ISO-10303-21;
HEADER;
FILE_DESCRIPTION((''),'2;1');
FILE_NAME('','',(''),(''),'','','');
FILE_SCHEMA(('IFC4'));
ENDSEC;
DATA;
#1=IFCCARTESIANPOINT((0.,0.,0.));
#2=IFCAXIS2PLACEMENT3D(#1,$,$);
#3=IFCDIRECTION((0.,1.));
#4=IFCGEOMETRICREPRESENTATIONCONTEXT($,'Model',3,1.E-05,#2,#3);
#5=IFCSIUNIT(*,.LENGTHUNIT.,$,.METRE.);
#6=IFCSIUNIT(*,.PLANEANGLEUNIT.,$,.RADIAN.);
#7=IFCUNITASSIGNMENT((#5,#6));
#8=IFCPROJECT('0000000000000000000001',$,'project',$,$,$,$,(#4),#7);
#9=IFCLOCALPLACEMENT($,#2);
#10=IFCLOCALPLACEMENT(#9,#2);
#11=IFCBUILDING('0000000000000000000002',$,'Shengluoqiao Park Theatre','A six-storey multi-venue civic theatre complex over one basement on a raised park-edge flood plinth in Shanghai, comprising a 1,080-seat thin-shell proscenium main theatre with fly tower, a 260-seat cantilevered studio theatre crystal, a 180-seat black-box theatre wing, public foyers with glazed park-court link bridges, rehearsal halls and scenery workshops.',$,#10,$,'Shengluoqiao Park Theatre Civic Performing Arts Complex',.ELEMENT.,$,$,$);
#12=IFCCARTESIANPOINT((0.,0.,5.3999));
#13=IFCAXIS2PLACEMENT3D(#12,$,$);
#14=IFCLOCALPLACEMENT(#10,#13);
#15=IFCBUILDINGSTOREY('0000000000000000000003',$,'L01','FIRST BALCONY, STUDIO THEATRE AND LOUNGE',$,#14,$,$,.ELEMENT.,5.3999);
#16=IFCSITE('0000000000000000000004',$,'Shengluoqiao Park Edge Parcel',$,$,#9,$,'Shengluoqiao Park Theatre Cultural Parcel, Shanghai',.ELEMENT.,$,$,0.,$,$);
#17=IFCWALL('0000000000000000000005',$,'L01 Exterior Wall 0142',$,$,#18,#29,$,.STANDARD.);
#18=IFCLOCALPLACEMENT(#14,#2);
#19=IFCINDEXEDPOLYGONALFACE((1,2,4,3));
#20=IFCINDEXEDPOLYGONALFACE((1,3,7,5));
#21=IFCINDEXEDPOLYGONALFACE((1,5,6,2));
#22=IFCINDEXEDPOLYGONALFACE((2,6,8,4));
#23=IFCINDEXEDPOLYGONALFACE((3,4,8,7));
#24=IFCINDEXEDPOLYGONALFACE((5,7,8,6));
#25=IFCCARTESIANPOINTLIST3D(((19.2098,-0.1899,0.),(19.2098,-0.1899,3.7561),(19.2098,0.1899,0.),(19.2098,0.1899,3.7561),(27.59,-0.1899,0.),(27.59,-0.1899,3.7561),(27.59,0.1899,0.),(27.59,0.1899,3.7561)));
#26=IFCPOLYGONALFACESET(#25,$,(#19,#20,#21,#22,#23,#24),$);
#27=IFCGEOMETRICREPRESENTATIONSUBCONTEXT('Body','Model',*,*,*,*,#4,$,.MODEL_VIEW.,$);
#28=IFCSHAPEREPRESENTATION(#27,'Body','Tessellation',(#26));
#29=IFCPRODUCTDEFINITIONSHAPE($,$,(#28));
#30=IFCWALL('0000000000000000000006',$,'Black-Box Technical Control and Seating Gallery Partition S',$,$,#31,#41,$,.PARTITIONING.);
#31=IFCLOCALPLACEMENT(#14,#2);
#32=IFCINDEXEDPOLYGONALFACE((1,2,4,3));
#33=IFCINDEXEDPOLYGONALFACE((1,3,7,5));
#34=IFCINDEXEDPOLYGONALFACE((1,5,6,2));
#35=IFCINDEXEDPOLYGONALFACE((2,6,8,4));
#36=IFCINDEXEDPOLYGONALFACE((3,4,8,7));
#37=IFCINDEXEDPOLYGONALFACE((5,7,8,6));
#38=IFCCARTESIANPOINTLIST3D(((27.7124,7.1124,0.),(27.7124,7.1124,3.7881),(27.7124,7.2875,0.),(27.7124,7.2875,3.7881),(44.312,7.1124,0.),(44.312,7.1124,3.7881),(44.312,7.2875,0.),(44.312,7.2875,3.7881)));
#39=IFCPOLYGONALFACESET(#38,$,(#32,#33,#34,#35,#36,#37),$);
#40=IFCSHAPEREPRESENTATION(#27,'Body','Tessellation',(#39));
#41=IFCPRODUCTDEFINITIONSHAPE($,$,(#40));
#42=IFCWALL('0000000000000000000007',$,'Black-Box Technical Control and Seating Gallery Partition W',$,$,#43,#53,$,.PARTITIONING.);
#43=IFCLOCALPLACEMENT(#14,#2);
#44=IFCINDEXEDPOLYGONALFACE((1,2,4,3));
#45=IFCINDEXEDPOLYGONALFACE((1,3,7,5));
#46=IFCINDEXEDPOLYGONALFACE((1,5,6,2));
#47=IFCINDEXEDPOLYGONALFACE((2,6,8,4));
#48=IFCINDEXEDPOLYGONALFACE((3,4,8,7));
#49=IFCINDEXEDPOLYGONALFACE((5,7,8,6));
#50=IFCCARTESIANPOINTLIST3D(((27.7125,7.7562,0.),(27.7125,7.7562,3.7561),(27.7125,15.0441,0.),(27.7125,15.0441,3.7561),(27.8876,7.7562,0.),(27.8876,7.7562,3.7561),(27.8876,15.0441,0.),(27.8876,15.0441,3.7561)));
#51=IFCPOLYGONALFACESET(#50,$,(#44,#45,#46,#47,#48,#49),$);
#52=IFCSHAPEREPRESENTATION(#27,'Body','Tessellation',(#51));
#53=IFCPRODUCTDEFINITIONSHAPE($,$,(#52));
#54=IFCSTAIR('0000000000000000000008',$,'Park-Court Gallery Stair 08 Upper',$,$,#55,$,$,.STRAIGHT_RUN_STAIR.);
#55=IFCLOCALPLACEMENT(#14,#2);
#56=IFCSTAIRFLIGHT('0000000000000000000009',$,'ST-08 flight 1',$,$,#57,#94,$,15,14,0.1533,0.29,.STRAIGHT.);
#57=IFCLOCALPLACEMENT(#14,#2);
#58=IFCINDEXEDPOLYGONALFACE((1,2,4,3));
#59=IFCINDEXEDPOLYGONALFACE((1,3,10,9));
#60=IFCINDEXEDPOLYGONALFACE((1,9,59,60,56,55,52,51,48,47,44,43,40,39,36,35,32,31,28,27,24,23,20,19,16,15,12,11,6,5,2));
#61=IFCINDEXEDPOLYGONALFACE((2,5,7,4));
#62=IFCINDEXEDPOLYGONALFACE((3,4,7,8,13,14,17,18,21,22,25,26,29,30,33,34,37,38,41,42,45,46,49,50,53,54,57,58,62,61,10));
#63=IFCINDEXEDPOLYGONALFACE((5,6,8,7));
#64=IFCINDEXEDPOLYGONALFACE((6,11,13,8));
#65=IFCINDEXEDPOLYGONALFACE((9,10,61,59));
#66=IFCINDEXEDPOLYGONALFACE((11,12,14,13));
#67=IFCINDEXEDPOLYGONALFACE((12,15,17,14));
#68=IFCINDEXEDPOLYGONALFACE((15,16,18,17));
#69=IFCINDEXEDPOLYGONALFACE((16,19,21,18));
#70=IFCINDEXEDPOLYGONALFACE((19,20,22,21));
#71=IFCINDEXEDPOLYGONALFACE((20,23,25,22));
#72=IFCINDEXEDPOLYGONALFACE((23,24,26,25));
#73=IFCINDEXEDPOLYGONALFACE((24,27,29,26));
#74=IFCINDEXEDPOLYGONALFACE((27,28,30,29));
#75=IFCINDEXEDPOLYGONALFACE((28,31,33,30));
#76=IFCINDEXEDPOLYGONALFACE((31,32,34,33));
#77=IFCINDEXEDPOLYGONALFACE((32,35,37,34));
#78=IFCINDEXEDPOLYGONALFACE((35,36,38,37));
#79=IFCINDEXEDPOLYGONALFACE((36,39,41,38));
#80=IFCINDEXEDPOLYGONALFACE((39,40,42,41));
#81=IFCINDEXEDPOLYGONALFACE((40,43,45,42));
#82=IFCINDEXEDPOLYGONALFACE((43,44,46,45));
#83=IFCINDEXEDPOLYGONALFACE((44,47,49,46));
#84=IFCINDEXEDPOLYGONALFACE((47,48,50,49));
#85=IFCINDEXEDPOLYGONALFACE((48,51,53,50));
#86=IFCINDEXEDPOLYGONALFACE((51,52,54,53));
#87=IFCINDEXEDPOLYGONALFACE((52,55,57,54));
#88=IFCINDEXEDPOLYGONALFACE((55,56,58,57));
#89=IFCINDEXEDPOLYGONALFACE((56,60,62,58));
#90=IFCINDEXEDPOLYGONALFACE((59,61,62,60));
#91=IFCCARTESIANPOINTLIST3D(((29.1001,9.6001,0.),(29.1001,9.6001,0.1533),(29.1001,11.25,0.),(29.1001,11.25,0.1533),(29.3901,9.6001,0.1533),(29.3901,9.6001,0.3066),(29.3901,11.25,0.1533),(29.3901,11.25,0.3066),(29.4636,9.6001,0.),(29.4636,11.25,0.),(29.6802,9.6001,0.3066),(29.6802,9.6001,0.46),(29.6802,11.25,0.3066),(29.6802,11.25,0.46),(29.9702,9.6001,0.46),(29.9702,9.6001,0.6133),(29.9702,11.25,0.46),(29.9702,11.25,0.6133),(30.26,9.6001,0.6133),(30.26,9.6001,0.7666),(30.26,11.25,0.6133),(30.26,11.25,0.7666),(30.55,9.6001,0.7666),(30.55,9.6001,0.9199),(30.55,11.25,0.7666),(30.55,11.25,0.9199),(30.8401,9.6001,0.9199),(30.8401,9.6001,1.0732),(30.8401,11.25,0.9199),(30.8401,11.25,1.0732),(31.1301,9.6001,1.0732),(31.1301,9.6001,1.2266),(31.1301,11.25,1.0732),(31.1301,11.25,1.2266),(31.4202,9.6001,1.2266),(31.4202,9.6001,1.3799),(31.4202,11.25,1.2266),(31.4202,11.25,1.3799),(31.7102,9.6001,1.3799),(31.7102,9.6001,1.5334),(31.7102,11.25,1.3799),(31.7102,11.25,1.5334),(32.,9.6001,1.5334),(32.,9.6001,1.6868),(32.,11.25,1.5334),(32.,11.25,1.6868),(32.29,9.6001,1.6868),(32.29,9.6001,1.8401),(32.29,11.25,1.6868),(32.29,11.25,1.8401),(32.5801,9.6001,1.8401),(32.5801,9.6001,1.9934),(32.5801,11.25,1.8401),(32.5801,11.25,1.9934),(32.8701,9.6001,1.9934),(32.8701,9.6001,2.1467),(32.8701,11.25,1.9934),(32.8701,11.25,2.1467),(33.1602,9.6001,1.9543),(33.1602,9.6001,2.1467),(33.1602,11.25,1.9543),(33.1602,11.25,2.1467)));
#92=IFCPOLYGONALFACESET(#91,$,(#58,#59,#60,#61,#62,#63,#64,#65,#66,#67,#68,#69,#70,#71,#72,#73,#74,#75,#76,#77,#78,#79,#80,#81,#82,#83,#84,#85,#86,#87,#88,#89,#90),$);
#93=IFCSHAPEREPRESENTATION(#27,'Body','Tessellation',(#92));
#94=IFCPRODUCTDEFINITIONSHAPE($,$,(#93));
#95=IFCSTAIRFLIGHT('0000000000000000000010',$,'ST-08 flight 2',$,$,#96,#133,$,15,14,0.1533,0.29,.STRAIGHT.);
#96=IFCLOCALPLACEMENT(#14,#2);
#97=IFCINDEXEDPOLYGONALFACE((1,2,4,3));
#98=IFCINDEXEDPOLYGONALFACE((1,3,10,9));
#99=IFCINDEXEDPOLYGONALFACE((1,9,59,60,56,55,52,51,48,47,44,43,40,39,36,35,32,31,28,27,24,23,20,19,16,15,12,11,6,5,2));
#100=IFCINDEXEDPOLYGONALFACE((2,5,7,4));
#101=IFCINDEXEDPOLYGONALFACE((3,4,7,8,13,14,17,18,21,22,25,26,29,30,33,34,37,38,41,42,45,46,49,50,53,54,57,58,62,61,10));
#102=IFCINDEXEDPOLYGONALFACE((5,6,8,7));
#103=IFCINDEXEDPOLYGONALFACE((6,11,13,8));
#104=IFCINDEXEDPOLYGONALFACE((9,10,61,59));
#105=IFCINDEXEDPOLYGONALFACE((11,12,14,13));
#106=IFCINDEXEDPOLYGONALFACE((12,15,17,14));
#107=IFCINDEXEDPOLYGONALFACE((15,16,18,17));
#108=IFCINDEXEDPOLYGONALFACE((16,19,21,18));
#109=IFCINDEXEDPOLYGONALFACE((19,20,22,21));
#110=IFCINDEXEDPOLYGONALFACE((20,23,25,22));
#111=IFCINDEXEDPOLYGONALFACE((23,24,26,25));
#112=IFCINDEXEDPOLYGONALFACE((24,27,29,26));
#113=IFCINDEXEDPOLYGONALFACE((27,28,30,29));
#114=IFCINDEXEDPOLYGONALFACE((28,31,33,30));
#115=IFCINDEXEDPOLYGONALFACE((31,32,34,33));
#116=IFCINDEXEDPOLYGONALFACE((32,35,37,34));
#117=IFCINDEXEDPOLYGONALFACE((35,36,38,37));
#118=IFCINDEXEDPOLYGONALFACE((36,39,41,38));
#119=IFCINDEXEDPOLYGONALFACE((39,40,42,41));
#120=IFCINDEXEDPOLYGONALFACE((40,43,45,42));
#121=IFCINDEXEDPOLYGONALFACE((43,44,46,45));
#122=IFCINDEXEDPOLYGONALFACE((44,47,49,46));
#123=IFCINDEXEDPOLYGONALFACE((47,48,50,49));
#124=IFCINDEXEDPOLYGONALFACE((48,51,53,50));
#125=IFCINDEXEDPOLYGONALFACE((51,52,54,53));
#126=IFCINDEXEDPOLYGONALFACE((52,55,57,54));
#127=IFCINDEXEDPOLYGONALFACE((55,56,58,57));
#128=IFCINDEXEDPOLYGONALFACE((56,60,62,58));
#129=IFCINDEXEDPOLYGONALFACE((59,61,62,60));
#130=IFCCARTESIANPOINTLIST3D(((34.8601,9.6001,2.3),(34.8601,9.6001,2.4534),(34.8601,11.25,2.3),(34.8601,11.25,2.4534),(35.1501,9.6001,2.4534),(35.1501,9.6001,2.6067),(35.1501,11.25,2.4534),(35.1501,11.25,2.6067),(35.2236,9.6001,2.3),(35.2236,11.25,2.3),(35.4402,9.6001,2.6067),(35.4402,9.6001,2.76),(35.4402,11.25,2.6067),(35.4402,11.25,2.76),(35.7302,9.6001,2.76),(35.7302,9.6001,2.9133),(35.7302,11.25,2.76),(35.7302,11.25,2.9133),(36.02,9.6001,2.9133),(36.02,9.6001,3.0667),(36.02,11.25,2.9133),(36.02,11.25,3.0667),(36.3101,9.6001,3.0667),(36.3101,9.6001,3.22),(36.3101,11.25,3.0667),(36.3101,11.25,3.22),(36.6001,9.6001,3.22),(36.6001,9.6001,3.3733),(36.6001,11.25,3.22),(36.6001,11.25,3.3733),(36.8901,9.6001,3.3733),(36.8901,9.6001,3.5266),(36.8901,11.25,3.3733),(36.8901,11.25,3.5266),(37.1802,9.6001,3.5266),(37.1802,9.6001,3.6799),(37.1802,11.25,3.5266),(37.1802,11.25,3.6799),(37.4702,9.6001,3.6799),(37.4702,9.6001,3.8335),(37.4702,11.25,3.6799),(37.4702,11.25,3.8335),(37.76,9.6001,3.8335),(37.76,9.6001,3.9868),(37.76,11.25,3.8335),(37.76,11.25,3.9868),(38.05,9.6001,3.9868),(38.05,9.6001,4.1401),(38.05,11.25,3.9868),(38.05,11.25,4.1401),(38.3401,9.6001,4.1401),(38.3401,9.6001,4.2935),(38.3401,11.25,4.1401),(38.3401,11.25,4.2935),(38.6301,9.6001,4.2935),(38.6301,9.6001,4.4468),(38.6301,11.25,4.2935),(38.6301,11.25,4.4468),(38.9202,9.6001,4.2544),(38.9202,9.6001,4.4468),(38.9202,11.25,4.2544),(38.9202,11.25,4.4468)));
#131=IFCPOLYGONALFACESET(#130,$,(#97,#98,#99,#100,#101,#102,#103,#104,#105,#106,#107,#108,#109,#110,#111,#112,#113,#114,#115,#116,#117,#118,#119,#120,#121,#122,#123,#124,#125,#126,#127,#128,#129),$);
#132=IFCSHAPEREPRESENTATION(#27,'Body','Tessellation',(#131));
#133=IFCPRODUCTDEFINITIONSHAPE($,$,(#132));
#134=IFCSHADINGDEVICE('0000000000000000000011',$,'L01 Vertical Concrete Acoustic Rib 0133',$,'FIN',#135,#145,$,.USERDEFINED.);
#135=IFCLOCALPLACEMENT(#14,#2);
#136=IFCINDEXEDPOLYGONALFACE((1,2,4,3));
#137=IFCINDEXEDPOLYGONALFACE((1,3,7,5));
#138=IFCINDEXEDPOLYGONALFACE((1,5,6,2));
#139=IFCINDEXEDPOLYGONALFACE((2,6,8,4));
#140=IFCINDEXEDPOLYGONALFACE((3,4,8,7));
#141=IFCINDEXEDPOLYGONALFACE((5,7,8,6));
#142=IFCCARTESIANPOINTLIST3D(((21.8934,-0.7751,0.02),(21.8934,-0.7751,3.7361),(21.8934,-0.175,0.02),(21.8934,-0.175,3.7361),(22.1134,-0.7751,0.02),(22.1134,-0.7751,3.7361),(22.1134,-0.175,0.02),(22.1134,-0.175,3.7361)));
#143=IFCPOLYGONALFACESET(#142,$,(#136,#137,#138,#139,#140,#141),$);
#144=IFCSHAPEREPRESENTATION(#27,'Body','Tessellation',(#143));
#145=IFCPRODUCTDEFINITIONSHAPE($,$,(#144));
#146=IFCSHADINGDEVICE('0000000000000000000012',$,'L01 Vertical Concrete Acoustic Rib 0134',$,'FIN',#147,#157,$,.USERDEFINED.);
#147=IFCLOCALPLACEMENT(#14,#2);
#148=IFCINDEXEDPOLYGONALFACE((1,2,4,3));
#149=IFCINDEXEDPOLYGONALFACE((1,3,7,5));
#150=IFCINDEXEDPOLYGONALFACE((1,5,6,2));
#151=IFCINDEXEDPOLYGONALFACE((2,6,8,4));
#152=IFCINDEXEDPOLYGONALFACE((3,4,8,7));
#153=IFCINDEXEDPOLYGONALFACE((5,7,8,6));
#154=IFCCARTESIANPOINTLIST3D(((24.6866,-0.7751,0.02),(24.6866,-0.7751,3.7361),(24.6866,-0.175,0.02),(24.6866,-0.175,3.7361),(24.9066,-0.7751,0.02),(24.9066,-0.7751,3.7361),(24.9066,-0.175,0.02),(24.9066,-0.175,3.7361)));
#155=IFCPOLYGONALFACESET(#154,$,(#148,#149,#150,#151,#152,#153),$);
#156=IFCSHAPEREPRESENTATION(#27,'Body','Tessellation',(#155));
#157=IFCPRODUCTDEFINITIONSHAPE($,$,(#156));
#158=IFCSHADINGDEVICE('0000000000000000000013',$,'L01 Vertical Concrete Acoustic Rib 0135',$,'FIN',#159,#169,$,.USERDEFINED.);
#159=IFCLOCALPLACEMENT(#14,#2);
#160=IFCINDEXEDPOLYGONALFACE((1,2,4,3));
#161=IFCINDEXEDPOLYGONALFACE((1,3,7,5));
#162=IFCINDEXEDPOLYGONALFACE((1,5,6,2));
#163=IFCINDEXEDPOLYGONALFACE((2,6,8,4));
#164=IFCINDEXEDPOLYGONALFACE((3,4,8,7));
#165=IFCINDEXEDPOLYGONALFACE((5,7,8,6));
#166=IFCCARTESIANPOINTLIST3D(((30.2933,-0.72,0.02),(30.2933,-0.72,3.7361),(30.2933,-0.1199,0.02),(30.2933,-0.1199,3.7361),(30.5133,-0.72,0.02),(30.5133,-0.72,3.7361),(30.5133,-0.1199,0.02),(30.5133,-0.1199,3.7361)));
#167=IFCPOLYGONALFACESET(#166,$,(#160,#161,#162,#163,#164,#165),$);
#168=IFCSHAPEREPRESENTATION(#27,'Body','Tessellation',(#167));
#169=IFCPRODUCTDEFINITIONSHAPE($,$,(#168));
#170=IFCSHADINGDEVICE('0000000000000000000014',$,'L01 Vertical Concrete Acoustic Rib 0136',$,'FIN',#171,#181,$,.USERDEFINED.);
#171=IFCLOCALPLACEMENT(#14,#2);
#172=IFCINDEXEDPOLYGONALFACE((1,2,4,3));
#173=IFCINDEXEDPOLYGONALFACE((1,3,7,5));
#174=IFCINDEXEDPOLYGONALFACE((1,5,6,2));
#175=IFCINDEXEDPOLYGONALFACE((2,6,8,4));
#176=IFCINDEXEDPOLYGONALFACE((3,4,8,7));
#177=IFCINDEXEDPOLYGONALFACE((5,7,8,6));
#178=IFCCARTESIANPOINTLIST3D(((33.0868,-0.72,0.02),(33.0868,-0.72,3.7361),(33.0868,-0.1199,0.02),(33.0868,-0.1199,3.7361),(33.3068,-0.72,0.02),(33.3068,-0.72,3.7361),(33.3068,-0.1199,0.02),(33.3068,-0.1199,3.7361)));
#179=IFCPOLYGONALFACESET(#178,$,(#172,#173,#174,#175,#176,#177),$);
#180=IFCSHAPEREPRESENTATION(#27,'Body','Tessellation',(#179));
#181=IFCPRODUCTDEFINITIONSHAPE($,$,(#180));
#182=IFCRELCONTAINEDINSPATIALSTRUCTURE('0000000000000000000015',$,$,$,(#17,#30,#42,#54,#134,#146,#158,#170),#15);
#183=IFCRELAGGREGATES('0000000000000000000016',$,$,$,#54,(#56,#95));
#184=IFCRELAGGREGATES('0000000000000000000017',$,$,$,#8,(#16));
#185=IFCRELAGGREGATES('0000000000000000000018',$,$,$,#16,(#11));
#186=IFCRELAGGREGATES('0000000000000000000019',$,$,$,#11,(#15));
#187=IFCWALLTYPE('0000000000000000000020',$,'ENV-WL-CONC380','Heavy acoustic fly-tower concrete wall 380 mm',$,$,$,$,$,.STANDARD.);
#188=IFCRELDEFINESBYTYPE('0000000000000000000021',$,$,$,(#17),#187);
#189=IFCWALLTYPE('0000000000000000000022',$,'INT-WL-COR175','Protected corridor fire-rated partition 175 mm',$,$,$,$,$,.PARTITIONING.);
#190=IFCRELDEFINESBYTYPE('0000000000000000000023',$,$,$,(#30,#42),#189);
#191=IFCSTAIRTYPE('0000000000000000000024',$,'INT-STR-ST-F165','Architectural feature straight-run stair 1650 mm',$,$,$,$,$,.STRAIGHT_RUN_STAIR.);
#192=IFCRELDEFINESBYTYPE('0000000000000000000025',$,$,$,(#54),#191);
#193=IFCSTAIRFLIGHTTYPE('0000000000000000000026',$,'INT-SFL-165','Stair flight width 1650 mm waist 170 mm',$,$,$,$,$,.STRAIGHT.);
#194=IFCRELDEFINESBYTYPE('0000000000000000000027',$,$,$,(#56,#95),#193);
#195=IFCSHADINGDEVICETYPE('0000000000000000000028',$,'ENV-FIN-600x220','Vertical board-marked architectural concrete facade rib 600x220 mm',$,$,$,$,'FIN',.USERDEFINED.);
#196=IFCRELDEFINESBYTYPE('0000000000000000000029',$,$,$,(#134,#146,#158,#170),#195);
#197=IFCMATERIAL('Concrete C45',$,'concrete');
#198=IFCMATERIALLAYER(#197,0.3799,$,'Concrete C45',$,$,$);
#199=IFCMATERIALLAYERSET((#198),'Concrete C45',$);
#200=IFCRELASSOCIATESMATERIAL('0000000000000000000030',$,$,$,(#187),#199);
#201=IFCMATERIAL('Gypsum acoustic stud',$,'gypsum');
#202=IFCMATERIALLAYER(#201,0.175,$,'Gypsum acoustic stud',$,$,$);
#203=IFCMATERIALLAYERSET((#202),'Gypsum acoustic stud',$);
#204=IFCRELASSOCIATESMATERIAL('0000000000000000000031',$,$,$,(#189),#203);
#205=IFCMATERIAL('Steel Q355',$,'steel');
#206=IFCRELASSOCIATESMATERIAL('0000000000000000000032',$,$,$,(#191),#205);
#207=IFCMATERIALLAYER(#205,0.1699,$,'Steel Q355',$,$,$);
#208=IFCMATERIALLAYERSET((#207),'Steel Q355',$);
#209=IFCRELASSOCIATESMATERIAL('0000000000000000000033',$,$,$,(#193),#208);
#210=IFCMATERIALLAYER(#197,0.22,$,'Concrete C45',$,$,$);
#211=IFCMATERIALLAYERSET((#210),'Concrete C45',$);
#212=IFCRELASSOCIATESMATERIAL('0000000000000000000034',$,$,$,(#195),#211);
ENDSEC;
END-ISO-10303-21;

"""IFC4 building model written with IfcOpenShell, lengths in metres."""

from ifc_helpers import new_model, si_unit, direction, frame, frame_2d, origin, origin_2d, place, context, subcontext, project, spatial, polyline, rectangle, outline, extrude, material, layer, layer_set, type_object, element, aggregate, save


model = new_model("IFC4")

# Units and contexts
model_context = context("Model", 3, precision=1e-05, world=origin(), true_north=direction((0.0, 1.0)))
body_context = subcontext(model_context, "Body", "Model", "MODEL_VIEW")
ifc_project = project(units=[si_unit("LENGTHUNIT", "METRE"), si_unit("PLANEANGLEUNIT", "RADIAN")], contexts=[model_context])

# Site, building, storey
site_placement = place(None, origin())
site = spatial("IfcSite", under=ifc_project, at=site_placement, Name="Shengluoqiao Park Edge Parcel", LongName="Shengluoqiao Park Theatre Cultural Parcel, Shanghai", CompositionType="ELEMENT", RefElevation=0.0)
building_placement = place(site_placement, origin())
building = spatial("IfcBuilding", under=site, at=building_placement, Name="Shengluoqiao Park Theatre", Description="A six-storey multi-venue civic theatre complex over one basement on a raised park-edge flood plinth in Shanghai, comprising a 1,080-seat thin-shell proscenium main theatre with fly tower, a 260-seat cantilevered studio theatre crystal, a 180-seat black-box theatre wing, public foyers with glazed park-court link bridges, rehearsal halls and scenery workshops.", LongName="Shengluoqiao Park Theatre Civic Performing Arts Complex", CompositionType="ELEMENT")
storey_placement = place(building_placement, frame((0.0, 0.0, 5.3999)))
storey = spatial("IfcBuildingStorey", under=building, at=storey_placement, Name="L01", Description="FIRST BALCONY, STUDIO THEATRE AND LOUNGE", CompositionType="ELEMENT", Elevation=5.3999)

# Shared definitions
ifc_material_1 = material(Name="Steel Q355", Category="steel")

# Walls
ifc_material_2 = material(Name="Concrete C45", Category="concrete")
ifc_layer_1 = layer(ifc_material_2, 0.3799, Name="Concrete C45")
ifc_layer_set_1 = layer_set([ifc_layer_1], Name="Concrete C45")
wall_type_1 = type_object("IfcWallType", Name="ENV-WL-CONC380", Description="Heavy acoustic fly-tower concrete wall 380 mm", PredefinedType="STANDARD", material=ifc_layer_set_1)
wall_1_placement = place(storey_placement, frame((19.21, 0.0, 0.0), z_axis=(0.0, 0.0, 1.0), x_axis=(1.0, 0.0, 0.0)))
element("IfcWall", 1, at=wall_1_placement, inside=storey, type_object=wall_type_1, Name="L01 Exterior Wall 0142", PredefinedType="STANDARD", context=body_context, shape_type="SweptSolid", body=[
    extrude(rectangle(XDim=8.3801, YDim=0.3799, at=frame_2d((4.1899, 0.0))), origin(), (0.0, 0.0, 1.0), 3.7561),
])
ifc_material_3 = material(Name="Gypsum acoustic stud", Category="gypsum")
ifc_layer_2 = layer(ifc_material_3, 0.175, Name="Gypsum acoustic stud")
ifc_layer_set_2 = layer_set([ifc_layer_2], Name="Gypsum acoustic stud")
wall_type_2 = type_object("IfcWallType", Name="INT-WL-COR175", Description="Protected corridor fire-rated partition 175 mm", PredefinedType="PARTITIONING", material=ifc_layer_set_2)
wall_2_placement = place(storey_placement, frame((27.7124, 7.2, 0.0), z_axis=(0.0, 0.0, 1.0), x_axis=(1.0, 0.0, 0.0)))
element("IfcWall", 2, at=wall_2_placement, inside=storey, type_object=wall_type_2, Name="Black-Box Technical Control and Seating Gallery Partition S", PredefinedType="PARTITIONING", context=body_context, shape_type="SweptSolid", body=[
    extrude(rectangle(XDim=16.5996, YDim=0.175, at=frame_2d((8.2998, 0.0))), origin(), (0.0, 0.0, 1.0), 3.7881),
])
wall_3_placement = place(storey_placement, frame((27.8, 7.7561, 0.0), z_axis=(0.0, 0.0, 1.0), x_axis=(0.0, 1.0, 0.0)))
element("IfcWall", 3, at=wall_3_placement, inside=storey, type_object=wall_type_2, Name="Black-Box Technical Control and Seating Gallery Partition W", PredefinedType="PARTITIONING", context=body_context, shape_type="SweptSolid", body=[
    extrude(rectangle(XDim=7.2878, YDim=0.175, at=frame_2d((3.644, 0.0))), origin(), (0.0, 0.0, 1.0), 3.7561),
])

# Stair, stair flights
stair_type = type_object("IfcStairType", Name="INT-STR-ST-F165", Description="Architectural feature straight-run stair 1650 mm", PredefinedType="STRAIGHT_RUN_STAIR", material=ifc_material_1)
stair_placement = place(storey_placement, origin())
stair = element("IfcStair", 4, at=stair_placement, inside=storey, type_object=stair_type, Name="Park-Court Gallery Stair 08 Upper", PredefinedType="STRAIGHT_RUN_STAIR")
ifc_layer_3 = layer(ifc_material_1, 0.1699, Name="Steel Q355")
ifc_layer_set_3 = layer_set([ifc_layer_3], Name="Steel Q355")
stair_flight_type = type_object("IfcStairFlightType", Name="INT-SFL-165", Description="Stair flight width 1650 mm waist 170 mm", PredefinedType="STRAIGHT", material=ifc_layer_set_3)
stair_flight_1_placement = place(storey_placement, frame((29.1001, 10.425, 0.0), z_axis=(0.0, 0.0, 1.0), x_axis=(1.0, 0.0, 0.0)))
stair_flight_1 = element("IfcStairFlight", 5, at=stair_flight_1_placement, type_object=stair_flight_type, Name="ST-08 flight 1", NumberOfRisers=15, NumberOfTreads=14, PredefinedType="STRAIGHT", RiserHeight=0.1533, TreadLength=0.29, context=body_context, shape_type="SweptSolid", body=[
    extrude(outline(polyline([(0.0, 0.0), (0.0, 0.1533), (0.29, 0.1533), (0.29, 0.3066), (0.5801, 0.3066), (0.5801, 0.46), (0.8701, 0.46), (0.8701, 0.6133), (1.1599, 0.6133), (1.1599, 0.7666), (1.45, 0.7666), (1.45, 0.9199), (1.74, 0.9199), (1.74, 1.0732), (2.03, 1.0732), (2.03, 1.2266), (2.3201, 1.2266), (2.3201, 1.3799), (2.6101, 1.3799), (2.6101, 1.5334), (2.8999, 1.5334), (2.8999, 1.6868), (3.1899, 1.6868), (3.1899, 1.8401), (3.48, 1.8401), (3.48, 1.9934), (3.77, 1.9934), (3.77, 2.1467), (4.0601, 2.1467), (4.0601, 2.3), (4.0601, 1.9543), (0.3635, 0.0), (0.0, 0.0)])), frame((0.0, 0.825, 0.0), z_axis=(0.0, -1.0, 0.0), x_axis=(1.0, 0.0, 0.0)), (0.0, 0.0, 1.0), 1.6499),
])
stair_flight_2_placement = place(storey_placement, frame((34.8601, 10.425, 2.3), z_axis=(0.0, 0.0, 1.0), x_axis=(1.0, 0.0, 0.0)))
stair_flight_2 = element("IfcStairFlight", 6, at=stair_flight_2_placement, type_object=stair_flight_type, Name="ST-08 flight 2", NumberOfRisers=15, NumberOfTreads=14, PredefinedType="STRAIGHT", RiserHeight=0.1533, TreadLength=0.29, context=body_context, shape_type="SweptSolid", body=[
    extrude(outline(polyline([(0.0, 0.0), (0.0, 0.1533), (0.29, 0.1533), (0.29, 0.3066), (0.5801, 0.3066), (0.5801, 0.46), (0.8701, 0.46), (0.8701, 0.6133), (1.1599, 0.6133), (1.1599, 0.7666), (1.45, 0.7666), (1.45, 0.9199), (1.74, 0.9199), (1.74, 1.0732), (2.03, 1.0732), (2.03, 1.2266), (2.3201, 1.2266), (2.3201, 1.3799), (2.6101, 1.3799), (2.6101, 1.5334), (2.8999, 1.5334), (2.8999, 1.6868), (3.1899, 1.6868), (3.1899, 1.8401), (3.48, 1.8401), (3.48, 1.9934), (3.77, 1.9934), (3.77, 2.1467), (4.0601, 2.1467), (4.0601, 2.3), (4.0601, 1.9543), (0.3635, 0.0), (0.0, 0.0)])), frame((0.0, 0.825, 0.0), z_axis=(0.0, -1.0, 0.0), x_axis=(1.0, 0.0, 0.0)), (0.0, 0.0, 1.0), 1.6499),
])
aggregate(stair, [stair_flight_1, stair_flight_2])

# Shading devices
ifc_layer_4 = layer(ifc_material_2, 0.22, Name="Concrete C45")
ifc_layer_set_4 = layer_set([ifc_layer_4], Name="Concrete C45")
shading_device_type = type_object("IfcShadingDeviceType", Name="ENV-FIN-600x220", Description="Vertical board-marked architectural concrete facade rib 600x220 mm", ElementType="FIN", PredefinedType="USERDEFINED", material=ifc_layer_set_4)
for number, where, z_axis, x_axis, name in (
    (7, (22.0034, -0.4751, 0.02), (0.0, 0.0, 1.0), (0.0, -1.0, 0.0), "L01 Vertical Concrete Acoustic Rib 0133"),
    (8, (24.7966, -0.4751, 0.02), (0.0, 0.0, 1.0), (0.0, -1.0, 0.0), "L01 Vertical Concrete Acoustic Rib 0134"),
    (9, (30.4033, -0.4199, 0.02), (0.0, 0.0, 1.0), (0.0, -1.0, 0.0), "L01 Vertical Concrete Acoustic Rib 0135"),
    (10, (33.1968, -0.4199, 0.02), (0.0, 0.0, 1.0), (0.0, -1.0, 0.0), "L01 Vertical Concrete Acoustic Rib 0136"),
):
    element("IfcShadingDevice", number, at=place(storey_placement, frame(where, z_axis=z_axis, x_axis=x_axis)), inside=storey, type_object=shading_device_type, Name=name, ObjectType="FIN", PredefinedType="USERDEFINED", context=body_context, shape_type="SweptSolid", body=[
        extrude(rectangle(XDim=0.6001, YDim=0.22, at=origin_2d()), origin(), (0.0, 0.0, 1.0), 3.7161),
    ])

save(model, "model.ifc")
